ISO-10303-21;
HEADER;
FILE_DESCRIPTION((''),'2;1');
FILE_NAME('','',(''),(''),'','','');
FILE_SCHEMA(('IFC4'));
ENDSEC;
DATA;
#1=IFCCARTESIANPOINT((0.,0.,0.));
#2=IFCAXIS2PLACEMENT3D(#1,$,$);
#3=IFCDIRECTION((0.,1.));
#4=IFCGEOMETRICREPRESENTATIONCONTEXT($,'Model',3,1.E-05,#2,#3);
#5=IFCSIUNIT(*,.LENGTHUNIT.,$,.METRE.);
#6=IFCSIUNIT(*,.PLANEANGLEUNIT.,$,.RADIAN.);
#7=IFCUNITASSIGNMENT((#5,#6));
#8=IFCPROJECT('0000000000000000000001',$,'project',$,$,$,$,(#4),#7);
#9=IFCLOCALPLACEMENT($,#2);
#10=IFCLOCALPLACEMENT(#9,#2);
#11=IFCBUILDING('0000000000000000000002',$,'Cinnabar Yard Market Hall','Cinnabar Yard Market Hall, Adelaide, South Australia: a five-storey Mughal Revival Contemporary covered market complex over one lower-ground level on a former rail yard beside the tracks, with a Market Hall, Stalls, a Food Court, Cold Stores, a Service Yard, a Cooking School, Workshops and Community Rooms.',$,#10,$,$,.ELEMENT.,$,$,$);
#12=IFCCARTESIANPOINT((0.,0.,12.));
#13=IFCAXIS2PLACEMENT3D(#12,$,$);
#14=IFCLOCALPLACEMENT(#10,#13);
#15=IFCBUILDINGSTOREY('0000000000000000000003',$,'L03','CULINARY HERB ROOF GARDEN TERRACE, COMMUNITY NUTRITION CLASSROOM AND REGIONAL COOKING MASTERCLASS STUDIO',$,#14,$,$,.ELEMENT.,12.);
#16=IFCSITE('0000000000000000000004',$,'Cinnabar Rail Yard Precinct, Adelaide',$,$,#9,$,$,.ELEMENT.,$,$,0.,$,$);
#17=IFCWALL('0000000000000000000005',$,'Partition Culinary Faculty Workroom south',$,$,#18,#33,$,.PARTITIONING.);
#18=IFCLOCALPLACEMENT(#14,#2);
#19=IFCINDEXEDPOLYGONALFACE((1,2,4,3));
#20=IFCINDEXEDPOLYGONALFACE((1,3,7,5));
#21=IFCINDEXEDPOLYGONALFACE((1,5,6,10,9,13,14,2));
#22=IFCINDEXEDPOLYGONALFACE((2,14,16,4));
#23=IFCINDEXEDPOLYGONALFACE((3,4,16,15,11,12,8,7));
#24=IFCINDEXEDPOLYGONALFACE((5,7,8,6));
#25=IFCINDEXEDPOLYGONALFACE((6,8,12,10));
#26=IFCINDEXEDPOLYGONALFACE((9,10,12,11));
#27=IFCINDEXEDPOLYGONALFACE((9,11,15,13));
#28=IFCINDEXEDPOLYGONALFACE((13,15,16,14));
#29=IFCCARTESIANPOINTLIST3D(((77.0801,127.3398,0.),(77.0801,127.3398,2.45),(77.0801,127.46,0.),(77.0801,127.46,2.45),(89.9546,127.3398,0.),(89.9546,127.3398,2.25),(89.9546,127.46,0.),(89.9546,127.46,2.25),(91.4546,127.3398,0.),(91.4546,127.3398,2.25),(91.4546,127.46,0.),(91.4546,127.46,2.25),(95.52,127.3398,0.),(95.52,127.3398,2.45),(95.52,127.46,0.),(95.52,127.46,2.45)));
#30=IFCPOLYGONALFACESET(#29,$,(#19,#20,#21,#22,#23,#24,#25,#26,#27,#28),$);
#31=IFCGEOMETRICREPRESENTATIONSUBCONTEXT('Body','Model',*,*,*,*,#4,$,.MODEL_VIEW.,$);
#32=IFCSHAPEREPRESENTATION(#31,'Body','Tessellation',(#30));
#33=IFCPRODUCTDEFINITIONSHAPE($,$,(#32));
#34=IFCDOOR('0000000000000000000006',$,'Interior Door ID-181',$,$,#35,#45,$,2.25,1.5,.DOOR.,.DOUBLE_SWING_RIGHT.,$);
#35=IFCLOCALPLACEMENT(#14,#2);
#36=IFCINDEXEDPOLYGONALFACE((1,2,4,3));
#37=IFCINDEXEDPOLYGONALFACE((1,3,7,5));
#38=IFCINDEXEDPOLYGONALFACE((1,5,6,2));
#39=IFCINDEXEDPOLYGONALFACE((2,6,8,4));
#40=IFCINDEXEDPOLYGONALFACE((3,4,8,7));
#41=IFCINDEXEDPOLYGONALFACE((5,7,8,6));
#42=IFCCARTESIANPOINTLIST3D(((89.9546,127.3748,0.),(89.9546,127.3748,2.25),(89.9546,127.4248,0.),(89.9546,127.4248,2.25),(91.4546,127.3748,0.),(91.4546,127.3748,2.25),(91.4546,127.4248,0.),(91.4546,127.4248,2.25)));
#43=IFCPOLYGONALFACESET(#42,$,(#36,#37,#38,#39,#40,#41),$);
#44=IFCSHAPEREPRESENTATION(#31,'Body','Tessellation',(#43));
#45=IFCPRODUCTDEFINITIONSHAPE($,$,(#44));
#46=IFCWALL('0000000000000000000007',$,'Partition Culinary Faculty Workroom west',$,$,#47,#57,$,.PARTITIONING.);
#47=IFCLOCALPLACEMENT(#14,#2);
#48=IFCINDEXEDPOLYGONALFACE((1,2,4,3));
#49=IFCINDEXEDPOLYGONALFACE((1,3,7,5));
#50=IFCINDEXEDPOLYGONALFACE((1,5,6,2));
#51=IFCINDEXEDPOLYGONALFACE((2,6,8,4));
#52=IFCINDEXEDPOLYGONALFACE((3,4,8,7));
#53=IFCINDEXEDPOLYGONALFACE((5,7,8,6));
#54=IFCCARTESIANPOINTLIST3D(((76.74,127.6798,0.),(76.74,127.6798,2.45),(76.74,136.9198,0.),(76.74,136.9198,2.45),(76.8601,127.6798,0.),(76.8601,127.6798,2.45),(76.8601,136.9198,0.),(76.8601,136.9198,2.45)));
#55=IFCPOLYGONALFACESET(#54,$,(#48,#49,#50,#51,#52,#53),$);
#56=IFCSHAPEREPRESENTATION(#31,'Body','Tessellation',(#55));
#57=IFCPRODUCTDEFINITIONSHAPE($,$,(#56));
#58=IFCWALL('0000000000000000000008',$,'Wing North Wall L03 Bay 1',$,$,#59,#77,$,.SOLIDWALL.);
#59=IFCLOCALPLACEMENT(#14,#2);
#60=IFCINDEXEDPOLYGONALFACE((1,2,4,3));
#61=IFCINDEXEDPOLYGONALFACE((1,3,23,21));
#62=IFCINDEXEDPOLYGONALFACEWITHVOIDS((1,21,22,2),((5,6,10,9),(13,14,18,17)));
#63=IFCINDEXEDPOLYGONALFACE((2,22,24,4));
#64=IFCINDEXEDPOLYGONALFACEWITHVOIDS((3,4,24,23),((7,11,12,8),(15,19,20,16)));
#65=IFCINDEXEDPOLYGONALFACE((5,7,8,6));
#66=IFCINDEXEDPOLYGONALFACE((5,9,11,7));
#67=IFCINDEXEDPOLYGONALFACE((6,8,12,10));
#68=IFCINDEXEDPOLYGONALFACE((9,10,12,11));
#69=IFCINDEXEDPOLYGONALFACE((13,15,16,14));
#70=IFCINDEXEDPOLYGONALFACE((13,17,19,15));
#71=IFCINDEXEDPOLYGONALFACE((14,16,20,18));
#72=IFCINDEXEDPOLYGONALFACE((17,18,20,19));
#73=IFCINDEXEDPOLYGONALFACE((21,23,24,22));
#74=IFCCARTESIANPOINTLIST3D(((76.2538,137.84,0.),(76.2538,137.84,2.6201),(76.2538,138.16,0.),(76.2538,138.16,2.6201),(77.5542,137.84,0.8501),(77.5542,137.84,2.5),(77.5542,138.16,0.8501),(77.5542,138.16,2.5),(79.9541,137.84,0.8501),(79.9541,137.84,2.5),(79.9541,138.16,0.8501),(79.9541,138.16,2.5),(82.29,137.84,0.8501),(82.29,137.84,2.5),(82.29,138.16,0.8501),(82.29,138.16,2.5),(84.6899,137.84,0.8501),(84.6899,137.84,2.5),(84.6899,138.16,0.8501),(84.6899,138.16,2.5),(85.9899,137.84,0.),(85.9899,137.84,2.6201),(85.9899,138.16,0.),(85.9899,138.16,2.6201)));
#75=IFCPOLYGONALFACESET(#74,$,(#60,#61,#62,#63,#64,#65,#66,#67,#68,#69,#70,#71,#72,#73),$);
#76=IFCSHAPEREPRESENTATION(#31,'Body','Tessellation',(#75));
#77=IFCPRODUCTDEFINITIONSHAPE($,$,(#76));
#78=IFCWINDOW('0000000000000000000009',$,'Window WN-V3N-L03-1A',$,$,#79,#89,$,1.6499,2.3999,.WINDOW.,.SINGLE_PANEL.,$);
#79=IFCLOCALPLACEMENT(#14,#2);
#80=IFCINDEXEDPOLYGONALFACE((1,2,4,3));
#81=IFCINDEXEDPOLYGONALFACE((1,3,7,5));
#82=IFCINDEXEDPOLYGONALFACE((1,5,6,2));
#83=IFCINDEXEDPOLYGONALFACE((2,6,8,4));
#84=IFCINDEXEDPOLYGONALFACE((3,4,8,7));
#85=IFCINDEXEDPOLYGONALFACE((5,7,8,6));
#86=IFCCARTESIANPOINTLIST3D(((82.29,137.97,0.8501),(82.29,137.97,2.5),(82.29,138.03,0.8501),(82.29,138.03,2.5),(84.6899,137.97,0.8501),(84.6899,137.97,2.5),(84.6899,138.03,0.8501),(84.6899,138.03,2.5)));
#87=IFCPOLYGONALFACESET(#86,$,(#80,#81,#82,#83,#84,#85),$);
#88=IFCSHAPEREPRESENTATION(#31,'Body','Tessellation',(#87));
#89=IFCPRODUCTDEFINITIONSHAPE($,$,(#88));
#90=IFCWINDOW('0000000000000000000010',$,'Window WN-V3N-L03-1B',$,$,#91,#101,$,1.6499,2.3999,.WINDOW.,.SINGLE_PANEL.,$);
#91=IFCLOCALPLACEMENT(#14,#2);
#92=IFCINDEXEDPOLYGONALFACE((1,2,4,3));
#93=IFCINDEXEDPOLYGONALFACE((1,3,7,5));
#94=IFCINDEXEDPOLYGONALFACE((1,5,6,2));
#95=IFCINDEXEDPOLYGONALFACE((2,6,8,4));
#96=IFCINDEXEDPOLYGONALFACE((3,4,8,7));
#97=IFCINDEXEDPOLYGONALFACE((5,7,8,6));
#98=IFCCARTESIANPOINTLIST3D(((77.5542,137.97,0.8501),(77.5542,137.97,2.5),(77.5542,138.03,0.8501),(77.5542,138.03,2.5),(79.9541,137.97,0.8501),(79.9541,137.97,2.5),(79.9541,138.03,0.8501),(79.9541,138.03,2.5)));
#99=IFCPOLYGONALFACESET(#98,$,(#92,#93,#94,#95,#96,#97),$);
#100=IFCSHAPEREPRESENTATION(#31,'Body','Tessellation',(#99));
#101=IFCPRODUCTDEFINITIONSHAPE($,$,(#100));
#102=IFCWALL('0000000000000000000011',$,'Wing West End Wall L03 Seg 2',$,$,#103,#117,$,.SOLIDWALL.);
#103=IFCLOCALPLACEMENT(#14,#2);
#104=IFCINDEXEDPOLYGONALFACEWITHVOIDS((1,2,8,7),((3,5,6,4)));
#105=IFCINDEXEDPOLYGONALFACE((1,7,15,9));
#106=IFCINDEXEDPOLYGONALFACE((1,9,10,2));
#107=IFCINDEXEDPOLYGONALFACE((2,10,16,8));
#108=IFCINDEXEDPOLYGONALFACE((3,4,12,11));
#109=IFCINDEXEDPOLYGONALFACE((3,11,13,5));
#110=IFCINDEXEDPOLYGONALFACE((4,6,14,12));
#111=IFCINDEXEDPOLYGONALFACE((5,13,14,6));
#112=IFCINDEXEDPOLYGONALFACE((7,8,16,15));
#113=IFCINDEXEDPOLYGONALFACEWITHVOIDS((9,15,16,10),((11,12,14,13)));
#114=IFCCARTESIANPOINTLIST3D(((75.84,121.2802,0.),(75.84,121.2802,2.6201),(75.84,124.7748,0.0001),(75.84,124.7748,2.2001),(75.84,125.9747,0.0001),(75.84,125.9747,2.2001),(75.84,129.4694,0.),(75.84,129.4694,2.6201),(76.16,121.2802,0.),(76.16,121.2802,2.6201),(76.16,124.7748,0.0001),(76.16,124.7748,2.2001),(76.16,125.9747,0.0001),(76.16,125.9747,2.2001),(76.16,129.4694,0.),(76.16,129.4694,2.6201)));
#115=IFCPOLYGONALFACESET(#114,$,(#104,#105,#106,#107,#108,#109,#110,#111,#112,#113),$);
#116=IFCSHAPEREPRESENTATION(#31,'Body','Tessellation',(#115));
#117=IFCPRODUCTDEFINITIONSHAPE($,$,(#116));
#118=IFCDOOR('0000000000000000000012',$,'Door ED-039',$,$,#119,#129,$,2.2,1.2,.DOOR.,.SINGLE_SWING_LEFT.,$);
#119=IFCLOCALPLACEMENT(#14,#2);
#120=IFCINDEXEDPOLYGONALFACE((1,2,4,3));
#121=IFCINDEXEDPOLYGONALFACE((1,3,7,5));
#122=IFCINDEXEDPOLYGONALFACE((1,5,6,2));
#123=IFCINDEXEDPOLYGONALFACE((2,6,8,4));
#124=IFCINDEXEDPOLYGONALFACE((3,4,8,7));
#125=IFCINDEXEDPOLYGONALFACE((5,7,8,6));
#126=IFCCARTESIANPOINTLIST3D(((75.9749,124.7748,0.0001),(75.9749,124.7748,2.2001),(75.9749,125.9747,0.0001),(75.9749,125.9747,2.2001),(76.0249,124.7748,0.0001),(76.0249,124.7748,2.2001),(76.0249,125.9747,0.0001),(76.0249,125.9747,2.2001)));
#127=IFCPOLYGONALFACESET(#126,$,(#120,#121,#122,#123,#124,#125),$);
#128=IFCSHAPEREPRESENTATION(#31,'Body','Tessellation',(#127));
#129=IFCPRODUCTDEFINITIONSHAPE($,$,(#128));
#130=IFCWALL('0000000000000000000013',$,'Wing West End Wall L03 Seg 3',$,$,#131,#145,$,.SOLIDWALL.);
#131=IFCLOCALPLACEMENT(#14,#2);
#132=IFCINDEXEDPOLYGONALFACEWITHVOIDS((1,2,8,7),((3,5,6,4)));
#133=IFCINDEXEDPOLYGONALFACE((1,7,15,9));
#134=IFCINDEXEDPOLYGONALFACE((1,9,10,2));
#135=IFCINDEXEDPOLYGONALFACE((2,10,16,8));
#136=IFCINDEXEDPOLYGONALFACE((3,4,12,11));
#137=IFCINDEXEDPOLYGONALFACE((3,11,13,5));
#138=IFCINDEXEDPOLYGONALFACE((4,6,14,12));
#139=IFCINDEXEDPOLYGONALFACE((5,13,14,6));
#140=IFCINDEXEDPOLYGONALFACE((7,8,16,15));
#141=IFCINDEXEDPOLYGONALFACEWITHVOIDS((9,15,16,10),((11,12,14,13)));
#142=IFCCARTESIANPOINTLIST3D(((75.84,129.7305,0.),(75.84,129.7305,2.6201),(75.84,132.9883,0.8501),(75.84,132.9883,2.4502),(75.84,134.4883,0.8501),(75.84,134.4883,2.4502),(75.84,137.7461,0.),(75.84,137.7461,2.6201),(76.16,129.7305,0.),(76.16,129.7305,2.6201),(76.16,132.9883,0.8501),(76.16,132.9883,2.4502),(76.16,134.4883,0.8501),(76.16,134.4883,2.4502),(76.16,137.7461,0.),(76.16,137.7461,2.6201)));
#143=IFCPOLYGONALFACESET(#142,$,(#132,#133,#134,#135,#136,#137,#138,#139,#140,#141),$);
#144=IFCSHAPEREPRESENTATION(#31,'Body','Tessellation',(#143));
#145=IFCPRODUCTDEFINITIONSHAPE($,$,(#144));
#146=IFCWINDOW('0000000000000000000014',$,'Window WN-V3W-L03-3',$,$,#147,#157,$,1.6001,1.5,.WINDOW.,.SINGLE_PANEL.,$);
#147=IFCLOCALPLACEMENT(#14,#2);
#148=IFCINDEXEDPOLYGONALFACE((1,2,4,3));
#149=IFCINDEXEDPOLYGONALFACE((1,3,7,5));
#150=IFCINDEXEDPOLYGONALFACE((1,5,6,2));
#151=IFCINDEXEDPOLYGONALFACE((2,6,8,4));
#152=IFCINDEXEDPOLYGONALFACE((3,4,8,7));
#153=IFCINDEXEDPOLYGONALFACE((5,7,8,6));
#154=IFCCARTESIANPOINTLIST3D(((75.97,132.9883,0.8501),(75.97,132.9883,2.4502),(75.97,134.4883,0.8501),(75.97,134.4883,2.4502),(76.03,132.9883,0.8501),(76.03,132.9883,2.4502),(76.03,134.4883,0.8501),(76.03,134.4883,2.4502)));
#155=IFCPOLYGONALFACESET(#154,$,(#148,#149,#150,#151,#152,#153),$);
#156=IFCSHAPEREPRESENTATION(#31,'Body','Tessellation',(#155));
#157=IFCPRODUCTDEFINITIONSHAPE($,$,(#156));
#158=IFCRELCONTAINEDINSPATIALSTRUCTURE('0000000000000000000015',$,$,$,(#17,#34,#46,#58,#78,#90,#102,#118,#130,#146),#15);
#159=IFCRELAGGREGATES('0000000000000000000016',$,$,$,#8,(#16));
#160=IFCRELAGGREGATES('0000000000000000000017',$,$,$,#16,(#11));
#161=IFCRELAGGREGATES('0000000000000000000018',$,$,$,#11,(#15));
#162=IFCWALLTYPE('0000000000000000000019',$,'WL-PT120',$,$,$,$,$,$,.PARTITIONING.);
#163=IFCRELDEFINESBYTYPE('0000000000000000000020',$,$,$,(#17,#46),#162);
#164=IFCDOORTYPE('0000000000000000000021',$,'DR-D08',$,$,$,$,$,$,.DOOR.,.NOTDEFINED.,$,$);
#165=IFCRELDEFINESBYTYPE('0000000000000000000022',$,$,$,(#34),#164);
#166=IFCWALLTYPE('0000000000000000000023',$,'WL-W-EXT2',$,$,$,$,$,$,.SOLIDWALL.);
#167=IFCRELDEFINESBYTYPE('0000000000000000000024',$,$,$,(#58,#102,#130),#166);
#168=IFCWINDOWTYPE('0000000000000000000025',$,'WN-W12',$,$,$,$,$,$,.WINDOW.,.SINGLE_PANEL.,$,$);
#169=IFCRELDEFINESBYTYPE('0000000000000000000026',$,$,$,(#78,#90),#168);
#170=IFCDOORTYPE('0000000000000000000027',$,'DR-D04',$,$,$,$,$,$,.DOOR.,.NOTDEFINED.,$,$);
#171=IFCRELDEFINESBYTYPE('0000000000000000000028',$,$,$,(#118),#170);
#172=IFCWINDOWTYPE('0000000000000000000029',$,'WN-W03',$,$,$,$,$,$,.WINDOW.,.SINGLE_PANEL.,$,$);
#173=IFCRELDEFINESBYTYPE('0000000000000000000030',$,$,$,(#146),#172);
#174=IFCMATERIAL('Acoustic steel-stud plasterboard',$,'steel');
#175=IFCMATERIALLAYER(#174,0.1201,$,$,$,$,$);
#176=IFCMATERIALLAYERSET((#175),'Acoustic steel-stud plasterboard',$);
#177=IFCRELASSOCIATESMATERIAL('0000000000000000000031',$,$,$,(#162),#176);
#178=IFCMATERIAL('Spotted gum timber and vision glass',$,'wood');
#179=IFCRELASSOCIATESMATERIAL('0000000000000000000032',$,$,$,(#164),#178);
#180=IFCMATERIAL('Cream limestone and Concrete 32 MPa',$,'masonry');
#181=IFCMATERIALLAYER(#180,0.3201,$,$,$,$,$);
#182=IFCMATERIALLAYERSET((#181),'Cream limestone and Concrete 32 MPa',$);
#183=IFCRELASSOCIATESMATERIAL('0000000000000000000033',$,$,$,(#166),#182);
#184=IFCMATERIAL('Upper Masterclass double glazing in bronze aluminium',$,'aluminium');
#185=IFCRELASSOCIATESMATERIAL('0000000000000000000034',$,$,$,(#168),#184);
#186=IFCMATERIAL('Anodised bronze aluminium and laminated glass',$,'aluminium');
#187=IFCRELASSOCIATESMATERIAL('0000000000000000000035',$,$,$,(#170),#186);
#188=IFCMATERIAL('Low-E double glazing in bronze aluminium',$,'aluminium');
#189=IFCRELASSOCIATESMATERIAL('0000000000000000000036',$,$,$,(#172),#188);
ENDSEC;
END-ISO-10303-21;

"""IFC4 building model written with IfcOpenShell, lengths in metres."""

from ifc_helpers import new_model, si_unit, direction, frame, frame_2d, origin, place, context, subcontext, project, spatial, rectangle, extrude, material, layer, layer_set, type_object, element, fill, save


model = new_model("IFC4")

# Units and contexts
model_context = context("Model", 3, precision=1e-05, world=origin(), true_north=direction((0.0, 1.0)))
body_context = subcontext(model_context, "Body", "Model", "MODEL_VIEW")
ifc_project = project(units=[si_unit("LENGTHUNIT", "METRE"), si_unit("PLANEANGLEUNIT", "RADIAN")], contexts=[model_context])

# Site, building, storey
site_placement = place(None, origin())
site = spatial("IfcSite", under=ifc_project, at=site_placement, Name="Cinnabar Rail Yard Precinct, Adelaide", CompositionType="ELEMENT", RefElevation=0.0)
building_placement = place(site_placement, origin())
building = spatial("IfcBuilding", under=site, at=building_placement, Name="Cinnabar Yard Market Hall", Description="Cinnabar Yard Market Hall, Adelaide, South Australia: a five-storey Mughal Revival Contemporary covered market complex over one lower-ground level on a former rail yard beside the tracks, with a Market Hall, Stalls, a Food Court, Cold Stores, a Service Yard, a Cooking School, Workshops and Community Rooms.", CompositionType="ELEMENT")
storey_placement = place(building_placement, frame((0.0, 0.0, 12.0)))
storey = spatial("IfcBuildingStorey", under=building, at=storey_placement, Name="L03", Description="CULINARY HERB ROOF GARDEN TERRACE, COMMUNITY NUTRITION CLASSROOM AND REGIONAL COOKING MASTERCLASS STUDIO", CompositionType="ELEMENT", Elevation=12.0)

# Shared definitions
ifc_material_1 = material(Name="Acoustic steel-stud plasterboard", Category="steel")
ifc_layer_1 = layer(ifc_material_1, 0.1201)
ifc_layer_set_1 = layer_set([ifc_layer_1], Name="Acoustic steel-stud plasterboard")
wall_type_1 = type_object("IfcWallType", Name="WL-PT120", PredefinedType="PARTITIONING", material=ifc_layer_set_1)

# Wall, opening, door
wall_1_placement = place(storey_placement, frame((77.0801, 127.3999, 0.0), z_axis=(0.0, 0.0, 1.0), x_axis=(1.0, 0.0, 0.0)))
wall_1 = element("IfcWall", 1, at=wall_1_placement, inside=storey, type_object=wall_type_1, Name="Partition Culinary Faculty Workroom south", PredefinedType="PARTITIONING", context=body_context, shape_type="SweptSolid", body=[
    extrude(rectangle(XDim=18.4399, YDim=0.1201, at=frame_2d((9.22, 0.0), x_axis=(1.0, 0.0))), origin(), (0.0, 0.0, 1.0), 2.45),
])
opening_1_placement = place(wall_1_placement, frame((12.8745, 0.0, 0.0)))
opening_1 = element("IfcOpeningElement", 2, at=opening_1_placement, cuts=wall_1, PredefinedType="OPENING", context=body_context, shape_type="SweptSolid", body=[
    extrude(rectangle(XDim=1.5, YDim=2.25, at=frame_2d((0.75, 1.125), x_axis=(1.0, 0.0))), frame((0.0, 0.0701, 0.0), z_axis=(0.0, -1.0, 0.0), x_axis=(1.0, 0.0, 0.0)), (0.0, 0.0, 1.0), 0.1401),
])
ifc_material_2 = material(Name="Spotted gum timber and vision glass", Category="wood")
door_type_1 = type_object("IfcDoorType", Name="DR-D08", OperationType="NOTDEFINED", PredefinedType="DOOR", material=ifc_material_2)
door_1_placement = place(opening_1_placement, origin())
door_1 = element("IfcDoor", 3, at=door_1_placement, inside=storey, type_object=door_type_1, Name="Interior Door ID-181", OperationType="DOUBLE_SWING_RIGHT", OverallHeight=2.25, OverallWidth=1.5, PredefinedType="DOOR", context=body_context, shape_type="SweptSolid", body=[
    extrude(rectangle(XDim=1.5, YDim=2.25, at=frame_2d((0.75, 1.125), x_axis=(1.0, 0.0))), frame((0.0, 0.0249, 0.0), z_axis=(0.0, -1.0, 0.0), x_axis=(1.0, 0.0, 0.0)), (0.0, 0.0, 1.0), 0.05),
])
fill(opening_1, door_1)

# Wall
wall_2_placement = place(storey_placement, frame((76.8, 136.9199, 0.0), z_axis=(0.0, 0.0, 1.0), x_axis=(0.0, -1.0, 0.0)))
element("IfcWall", 4, at=wall_2_placement, inside=storey, type_object=wall_type_1, Name="Partition Culinary Faculty Workroom west", PredefinedType="PARTITIONING", context=body_context, shape_type="SweptSolid", body=[
    extrude(rectangle(XDim=9.24, YDim=0.1201, at=frame_2d((4.6201, 0.0), x_axis=(1.0, 0.0))), origin(), (0.0, 0.0, 1.0), 2.45),
])

# Wall, openings, windows
ifc_material_3 = material(Name="Cream limestone and Concrete 32 MPa", Category="masonry")
ifc_layer_2 = layer(ifc_material_3, 0.3201)
ifc_layer_set_2 = layer_set([ifc_layer_2], Name="Cream limestone and Concrete 32 MPa")
wall_type_2 = type_object("IfcWallType", Name="WL-W-EXT2", PredefinedType="SOLIDWALL", material=ifc_layer_set_2)
wall_3_placement = place(storey_placement, frame((85.99, 138.0, 0.0), z_axis=(0.0, 0.0, 1.0), x_axis=(-1.0, 0.0, 0.0)))
wall_3 = element("IfcWall", 5, at=wall_3_placement, inside=storey, type_object=wall_type_2, Name="Wing North Wall L03 Bay 1", PredefinedType="SOLIDWALL", context=body_context, shape_type="SweptSolid", body=[
    extrude(rectangle(XDim=9.7361, YDim=0.3201, at=frame_2d((4.8682, 0.0), x_axis=(1.0, 0.0))), origin(), (0.0, 0.0, 1.0), 2.6201),
])
opening_2_placement = place(wall_3_placement, frame((1.3, 0.0, 0.8501)))
opening_2 = element("IfcOpeningElement", 6, at=opening_2_placement, cuts=wall_3, PredefinedType="OPENING", context=body_context, shape_type="SweptSolid", body=[
    extrude(rectangle(XDim=2.3999, YDim=1.6499, at=frame_2d((1.2, 0.825), x_axis=(1.0, 0.0))), frame((0.0, 0.1699, 0.0), z_axis=(0.0, -1.0, 0.0), x_axis=(1.0, 0.0, 0.0)), (0.0, 0.0, 1.0), 0.3401),
])
opening_3_placement = place(wall_3_placement, frame((6.0359, 0.0, 0.8501)))
opening_3 = element("IfcOpeningElement", 7, at=opening_3_placement, cuts=wall_3, PredefinedType="OPENING", context=body_context, shape_type="SweptSolid", body=[
    extrude(rectangle(XDim=2.3999, YDim=1.6499, at=frame_2d((1.2, 0.825), x_axis=(1.0, 0.0))), frame((0.0, 0.1699, 0.0), z_axis=(0.0, -1.0, 0.0), x_axis=(1.0, 0.0, 0.0)), (0.0, 0.0, 1.0), 0.3401),
])
ifc_material_4 = material(Name="Upper Masterclass double glazing in bronze aluminium", Category="aluminium")
window_type_1 = type_object("IfcWindowType", Name="WN-W12", PartitioningType="SINGLE_PANEL", PredefinedType="WINDOW", material=ifc_material_4)
window_1_placement = place(opening_2_placement, origin())
window_1 = element("IfcWindow", 8, at=window_1_placement, inside=storey, type_object=window_type_1, Name="Window WN-V3N-L03-1A", OverallHeight=1.6499, OverallWidth=2.3999, PartitioningType="SINGLE_PANEL", PredefinedType="WINDOW", context=body_context, shape_type="SweptSolid", body=[
    extrude(rectangle(XDim=2.3999, YDim=1.6499, at=frame_2d((1.2, 0.825), x_axis=(1.0, 0.0))), frame((0.0, 0.03, 0.0), z_axis=(0.0, -1.0, 0.0), x_axis=(1.0, 0.0, 0.0)), (0.0, 0.0, 1.0), 0.0601),
])
fill(opening_2, window_1)
window_2_placement = place(opening_3_placement, origin())
window_2 = element("IfcWindow", 9, at=window_2_placement, inside=storey, type_object=window_type_1, Name="Window WN-V3N-L03-1B", OverallHeight=1.6499, OverallWidth=2.3999, PartitioningType="SINGLE_PANEL", PredefinedType="WINDOW", context=body_context, shape_type="SweptSolid", body=[
    extrude(rectangle(XDim=2.3999, YDim=1.6499, at=frame_2d((1.2, 0.825), x_axis=(1.0, 0.0))), frame((0.0, 0.03, 0.0), z_axis=(0.0, -1.0, 0.0), x_axis=(1.0, 0.0, 0.0)), (0.0, 0.0, 1.0), 0.0601),
])
fill(opening_3, window_2)

# Wall, opening, door
wall_4_placement = place(storey_placement, frame((76.0, 129.4695, 0.0), z_axis=(0.0, 0.0, 1.0), x_axis=(0.0, -1.0, 0.0)))
wall_4 = element("IfcWall", 10, at=wall_4_placement, inside=storey, type_object=wall_type_2, Name="Wing West End Wall L03 Seg 2", PredefinedType="SOLIDWALL", context=body_context, shape_type="SweptSolid", body=[
    extrude(rectangle(XDim=8.1892, YDim=0.3201, at=frame_2d((4.0947, 0.0), x_axis=(1.0, 0.0))), origin(), (0.0, 0.0, 1.0), 2.6201),
])
opening_4_placement = place(wall_4_placement, frame((3.4946, 0.0, 0.0)))
opening_4 = element("IfcOpeningElement", 11, at=opening_4_placement, cuts=wall_4, PredefinedType="OPENING", context=body_context, shape_type="SweptSolid", body=[
    extrude(rectangle(XDim=1.2, YDim=2.2, at=frame_2d((0.6001, 1.1001), x_axis=(1.0, 0.0))), frame((0.0, 0.1699, 0.0), z_axis=(0.0, -1.0, 0.0), x_axis=(1.0, 0.0, 0.0)), (0.0, 0.0, 1.0), 0.3401),
])
ifc_material_5 = material(Name="Anodised bronze aluminium and laminated glass", Category="aluminium")
door_type_2 = type_object("IfcDoorType", Name="DR-D04", OperationType="NOTDEFINED", PredefinedType="DOOR", material=ifc_material_5)
door_2_placement = place(opening_4_placement, origin())
door_2 = element("IfcDoor", 12, at=door_2_placement, inside=storey, type_object=door_type_2, Name="Door ED-039", OperationType="SINGLE_SWING_LEFT", OverallHeight=2.2, OverallWidth=1.2, PredefinedType="DOOR", context=body_context, shape_type="SweptSolid", body=[
    extrude(rectangle(XDim=1.2, YDim=2.2, at=frame_2d((0.6001, 1.1001), x_axis=(1.0, 0.0))), frame((0.0, 0.0249, 0.0), z_axis=(0.0, -1.0, 0.0), x_axis=(1.0, 0.0, 0.0)), (0.0, 0.0, 1.0), 0.05),
])
fill(opening_4, door_2)

# Wall, opening, window
wall_5_placement = place(storey_placement, frame((76.0, 137.7461, 0.0), z_axis=(0.0, 0.0, 1.0), x_axis=(0.0, -1.0, 0.0)))
wall_5 = element("IfcWall", 13, at=wall_5_placement, inside=storey, type_object=wall_type_2, Name="Wing West End Wall L03 Seg 3", PredefinedType="SOLIDWALL", context=body_context, shape_type="SweptSolid", body=[
    extrude(rectangle(XDim=8.0156, YDim=0.3201, at=frame_2d((4.0078, 0.0), x_axis=(1.0, 0.0))), origin(), (0.0, 0.0, 1.0), 2.6201),
])
opening_5_placement = place(wall_5_placement, frame((3.2578, 0.0, 0.8501)))
opening_5 = element("IfcOpeningElement", 14, at=opening_5_placement, cuts=wall_5, PredefinedType="OPENING", context=body_context, shape_type="SweptSolid", body=[
    extrude(rectangle(XDim=1.5, YDim=1.6001, at=frame_2d((0.75, 0.8), x_axis=(1.0, 0.0))), frame((0.0, 0.1699, 0.0), z_axis=(0.0, -1.0, 0.0), x_axis=(1.0, 0.0, 0.0)), (0.0, 0.0, 1.0), 0.3401),
])
ifc_material_6 = material(Name="Low-E double glazing in bronze aluminium", Category="aluminium")
window_type_2 = type_object("IfcWindowType", Name="WN-W03", PartitioningType="SINGLE_PANEL", PredefinedType="WINDOW", material=ifc_material_6)
window_3_placement = place(opening_5_placement, origin())
window_3 = element("IfcWindow", 15, at=window_3_placement, inside=storey, type_object=window_type_2, Name="Window WN-V3W-L03-3", OverallHeight=1.6001, OverallWidth=1.5, PartitioningType="SINGLE_PANEL", PredefinedType="WINDOW", context=body_context, shape_type="SweptSolid", body=[
    extrude(rectangle(XDim=1.5, YDim=1.6001, at=frame_2d((0.75, 0.8), x_axis=(1.0, 0.0))), frame((0.0, 0.03, 0.0), z_axis=(0.0, -1.0, 0.0), x_axis=(1.0, 0.0, 0.0)), (0.0, 0.0, 1.0), 0.0601),
])
fill(opening_5, window_3)

save(model, "model.ifc")
